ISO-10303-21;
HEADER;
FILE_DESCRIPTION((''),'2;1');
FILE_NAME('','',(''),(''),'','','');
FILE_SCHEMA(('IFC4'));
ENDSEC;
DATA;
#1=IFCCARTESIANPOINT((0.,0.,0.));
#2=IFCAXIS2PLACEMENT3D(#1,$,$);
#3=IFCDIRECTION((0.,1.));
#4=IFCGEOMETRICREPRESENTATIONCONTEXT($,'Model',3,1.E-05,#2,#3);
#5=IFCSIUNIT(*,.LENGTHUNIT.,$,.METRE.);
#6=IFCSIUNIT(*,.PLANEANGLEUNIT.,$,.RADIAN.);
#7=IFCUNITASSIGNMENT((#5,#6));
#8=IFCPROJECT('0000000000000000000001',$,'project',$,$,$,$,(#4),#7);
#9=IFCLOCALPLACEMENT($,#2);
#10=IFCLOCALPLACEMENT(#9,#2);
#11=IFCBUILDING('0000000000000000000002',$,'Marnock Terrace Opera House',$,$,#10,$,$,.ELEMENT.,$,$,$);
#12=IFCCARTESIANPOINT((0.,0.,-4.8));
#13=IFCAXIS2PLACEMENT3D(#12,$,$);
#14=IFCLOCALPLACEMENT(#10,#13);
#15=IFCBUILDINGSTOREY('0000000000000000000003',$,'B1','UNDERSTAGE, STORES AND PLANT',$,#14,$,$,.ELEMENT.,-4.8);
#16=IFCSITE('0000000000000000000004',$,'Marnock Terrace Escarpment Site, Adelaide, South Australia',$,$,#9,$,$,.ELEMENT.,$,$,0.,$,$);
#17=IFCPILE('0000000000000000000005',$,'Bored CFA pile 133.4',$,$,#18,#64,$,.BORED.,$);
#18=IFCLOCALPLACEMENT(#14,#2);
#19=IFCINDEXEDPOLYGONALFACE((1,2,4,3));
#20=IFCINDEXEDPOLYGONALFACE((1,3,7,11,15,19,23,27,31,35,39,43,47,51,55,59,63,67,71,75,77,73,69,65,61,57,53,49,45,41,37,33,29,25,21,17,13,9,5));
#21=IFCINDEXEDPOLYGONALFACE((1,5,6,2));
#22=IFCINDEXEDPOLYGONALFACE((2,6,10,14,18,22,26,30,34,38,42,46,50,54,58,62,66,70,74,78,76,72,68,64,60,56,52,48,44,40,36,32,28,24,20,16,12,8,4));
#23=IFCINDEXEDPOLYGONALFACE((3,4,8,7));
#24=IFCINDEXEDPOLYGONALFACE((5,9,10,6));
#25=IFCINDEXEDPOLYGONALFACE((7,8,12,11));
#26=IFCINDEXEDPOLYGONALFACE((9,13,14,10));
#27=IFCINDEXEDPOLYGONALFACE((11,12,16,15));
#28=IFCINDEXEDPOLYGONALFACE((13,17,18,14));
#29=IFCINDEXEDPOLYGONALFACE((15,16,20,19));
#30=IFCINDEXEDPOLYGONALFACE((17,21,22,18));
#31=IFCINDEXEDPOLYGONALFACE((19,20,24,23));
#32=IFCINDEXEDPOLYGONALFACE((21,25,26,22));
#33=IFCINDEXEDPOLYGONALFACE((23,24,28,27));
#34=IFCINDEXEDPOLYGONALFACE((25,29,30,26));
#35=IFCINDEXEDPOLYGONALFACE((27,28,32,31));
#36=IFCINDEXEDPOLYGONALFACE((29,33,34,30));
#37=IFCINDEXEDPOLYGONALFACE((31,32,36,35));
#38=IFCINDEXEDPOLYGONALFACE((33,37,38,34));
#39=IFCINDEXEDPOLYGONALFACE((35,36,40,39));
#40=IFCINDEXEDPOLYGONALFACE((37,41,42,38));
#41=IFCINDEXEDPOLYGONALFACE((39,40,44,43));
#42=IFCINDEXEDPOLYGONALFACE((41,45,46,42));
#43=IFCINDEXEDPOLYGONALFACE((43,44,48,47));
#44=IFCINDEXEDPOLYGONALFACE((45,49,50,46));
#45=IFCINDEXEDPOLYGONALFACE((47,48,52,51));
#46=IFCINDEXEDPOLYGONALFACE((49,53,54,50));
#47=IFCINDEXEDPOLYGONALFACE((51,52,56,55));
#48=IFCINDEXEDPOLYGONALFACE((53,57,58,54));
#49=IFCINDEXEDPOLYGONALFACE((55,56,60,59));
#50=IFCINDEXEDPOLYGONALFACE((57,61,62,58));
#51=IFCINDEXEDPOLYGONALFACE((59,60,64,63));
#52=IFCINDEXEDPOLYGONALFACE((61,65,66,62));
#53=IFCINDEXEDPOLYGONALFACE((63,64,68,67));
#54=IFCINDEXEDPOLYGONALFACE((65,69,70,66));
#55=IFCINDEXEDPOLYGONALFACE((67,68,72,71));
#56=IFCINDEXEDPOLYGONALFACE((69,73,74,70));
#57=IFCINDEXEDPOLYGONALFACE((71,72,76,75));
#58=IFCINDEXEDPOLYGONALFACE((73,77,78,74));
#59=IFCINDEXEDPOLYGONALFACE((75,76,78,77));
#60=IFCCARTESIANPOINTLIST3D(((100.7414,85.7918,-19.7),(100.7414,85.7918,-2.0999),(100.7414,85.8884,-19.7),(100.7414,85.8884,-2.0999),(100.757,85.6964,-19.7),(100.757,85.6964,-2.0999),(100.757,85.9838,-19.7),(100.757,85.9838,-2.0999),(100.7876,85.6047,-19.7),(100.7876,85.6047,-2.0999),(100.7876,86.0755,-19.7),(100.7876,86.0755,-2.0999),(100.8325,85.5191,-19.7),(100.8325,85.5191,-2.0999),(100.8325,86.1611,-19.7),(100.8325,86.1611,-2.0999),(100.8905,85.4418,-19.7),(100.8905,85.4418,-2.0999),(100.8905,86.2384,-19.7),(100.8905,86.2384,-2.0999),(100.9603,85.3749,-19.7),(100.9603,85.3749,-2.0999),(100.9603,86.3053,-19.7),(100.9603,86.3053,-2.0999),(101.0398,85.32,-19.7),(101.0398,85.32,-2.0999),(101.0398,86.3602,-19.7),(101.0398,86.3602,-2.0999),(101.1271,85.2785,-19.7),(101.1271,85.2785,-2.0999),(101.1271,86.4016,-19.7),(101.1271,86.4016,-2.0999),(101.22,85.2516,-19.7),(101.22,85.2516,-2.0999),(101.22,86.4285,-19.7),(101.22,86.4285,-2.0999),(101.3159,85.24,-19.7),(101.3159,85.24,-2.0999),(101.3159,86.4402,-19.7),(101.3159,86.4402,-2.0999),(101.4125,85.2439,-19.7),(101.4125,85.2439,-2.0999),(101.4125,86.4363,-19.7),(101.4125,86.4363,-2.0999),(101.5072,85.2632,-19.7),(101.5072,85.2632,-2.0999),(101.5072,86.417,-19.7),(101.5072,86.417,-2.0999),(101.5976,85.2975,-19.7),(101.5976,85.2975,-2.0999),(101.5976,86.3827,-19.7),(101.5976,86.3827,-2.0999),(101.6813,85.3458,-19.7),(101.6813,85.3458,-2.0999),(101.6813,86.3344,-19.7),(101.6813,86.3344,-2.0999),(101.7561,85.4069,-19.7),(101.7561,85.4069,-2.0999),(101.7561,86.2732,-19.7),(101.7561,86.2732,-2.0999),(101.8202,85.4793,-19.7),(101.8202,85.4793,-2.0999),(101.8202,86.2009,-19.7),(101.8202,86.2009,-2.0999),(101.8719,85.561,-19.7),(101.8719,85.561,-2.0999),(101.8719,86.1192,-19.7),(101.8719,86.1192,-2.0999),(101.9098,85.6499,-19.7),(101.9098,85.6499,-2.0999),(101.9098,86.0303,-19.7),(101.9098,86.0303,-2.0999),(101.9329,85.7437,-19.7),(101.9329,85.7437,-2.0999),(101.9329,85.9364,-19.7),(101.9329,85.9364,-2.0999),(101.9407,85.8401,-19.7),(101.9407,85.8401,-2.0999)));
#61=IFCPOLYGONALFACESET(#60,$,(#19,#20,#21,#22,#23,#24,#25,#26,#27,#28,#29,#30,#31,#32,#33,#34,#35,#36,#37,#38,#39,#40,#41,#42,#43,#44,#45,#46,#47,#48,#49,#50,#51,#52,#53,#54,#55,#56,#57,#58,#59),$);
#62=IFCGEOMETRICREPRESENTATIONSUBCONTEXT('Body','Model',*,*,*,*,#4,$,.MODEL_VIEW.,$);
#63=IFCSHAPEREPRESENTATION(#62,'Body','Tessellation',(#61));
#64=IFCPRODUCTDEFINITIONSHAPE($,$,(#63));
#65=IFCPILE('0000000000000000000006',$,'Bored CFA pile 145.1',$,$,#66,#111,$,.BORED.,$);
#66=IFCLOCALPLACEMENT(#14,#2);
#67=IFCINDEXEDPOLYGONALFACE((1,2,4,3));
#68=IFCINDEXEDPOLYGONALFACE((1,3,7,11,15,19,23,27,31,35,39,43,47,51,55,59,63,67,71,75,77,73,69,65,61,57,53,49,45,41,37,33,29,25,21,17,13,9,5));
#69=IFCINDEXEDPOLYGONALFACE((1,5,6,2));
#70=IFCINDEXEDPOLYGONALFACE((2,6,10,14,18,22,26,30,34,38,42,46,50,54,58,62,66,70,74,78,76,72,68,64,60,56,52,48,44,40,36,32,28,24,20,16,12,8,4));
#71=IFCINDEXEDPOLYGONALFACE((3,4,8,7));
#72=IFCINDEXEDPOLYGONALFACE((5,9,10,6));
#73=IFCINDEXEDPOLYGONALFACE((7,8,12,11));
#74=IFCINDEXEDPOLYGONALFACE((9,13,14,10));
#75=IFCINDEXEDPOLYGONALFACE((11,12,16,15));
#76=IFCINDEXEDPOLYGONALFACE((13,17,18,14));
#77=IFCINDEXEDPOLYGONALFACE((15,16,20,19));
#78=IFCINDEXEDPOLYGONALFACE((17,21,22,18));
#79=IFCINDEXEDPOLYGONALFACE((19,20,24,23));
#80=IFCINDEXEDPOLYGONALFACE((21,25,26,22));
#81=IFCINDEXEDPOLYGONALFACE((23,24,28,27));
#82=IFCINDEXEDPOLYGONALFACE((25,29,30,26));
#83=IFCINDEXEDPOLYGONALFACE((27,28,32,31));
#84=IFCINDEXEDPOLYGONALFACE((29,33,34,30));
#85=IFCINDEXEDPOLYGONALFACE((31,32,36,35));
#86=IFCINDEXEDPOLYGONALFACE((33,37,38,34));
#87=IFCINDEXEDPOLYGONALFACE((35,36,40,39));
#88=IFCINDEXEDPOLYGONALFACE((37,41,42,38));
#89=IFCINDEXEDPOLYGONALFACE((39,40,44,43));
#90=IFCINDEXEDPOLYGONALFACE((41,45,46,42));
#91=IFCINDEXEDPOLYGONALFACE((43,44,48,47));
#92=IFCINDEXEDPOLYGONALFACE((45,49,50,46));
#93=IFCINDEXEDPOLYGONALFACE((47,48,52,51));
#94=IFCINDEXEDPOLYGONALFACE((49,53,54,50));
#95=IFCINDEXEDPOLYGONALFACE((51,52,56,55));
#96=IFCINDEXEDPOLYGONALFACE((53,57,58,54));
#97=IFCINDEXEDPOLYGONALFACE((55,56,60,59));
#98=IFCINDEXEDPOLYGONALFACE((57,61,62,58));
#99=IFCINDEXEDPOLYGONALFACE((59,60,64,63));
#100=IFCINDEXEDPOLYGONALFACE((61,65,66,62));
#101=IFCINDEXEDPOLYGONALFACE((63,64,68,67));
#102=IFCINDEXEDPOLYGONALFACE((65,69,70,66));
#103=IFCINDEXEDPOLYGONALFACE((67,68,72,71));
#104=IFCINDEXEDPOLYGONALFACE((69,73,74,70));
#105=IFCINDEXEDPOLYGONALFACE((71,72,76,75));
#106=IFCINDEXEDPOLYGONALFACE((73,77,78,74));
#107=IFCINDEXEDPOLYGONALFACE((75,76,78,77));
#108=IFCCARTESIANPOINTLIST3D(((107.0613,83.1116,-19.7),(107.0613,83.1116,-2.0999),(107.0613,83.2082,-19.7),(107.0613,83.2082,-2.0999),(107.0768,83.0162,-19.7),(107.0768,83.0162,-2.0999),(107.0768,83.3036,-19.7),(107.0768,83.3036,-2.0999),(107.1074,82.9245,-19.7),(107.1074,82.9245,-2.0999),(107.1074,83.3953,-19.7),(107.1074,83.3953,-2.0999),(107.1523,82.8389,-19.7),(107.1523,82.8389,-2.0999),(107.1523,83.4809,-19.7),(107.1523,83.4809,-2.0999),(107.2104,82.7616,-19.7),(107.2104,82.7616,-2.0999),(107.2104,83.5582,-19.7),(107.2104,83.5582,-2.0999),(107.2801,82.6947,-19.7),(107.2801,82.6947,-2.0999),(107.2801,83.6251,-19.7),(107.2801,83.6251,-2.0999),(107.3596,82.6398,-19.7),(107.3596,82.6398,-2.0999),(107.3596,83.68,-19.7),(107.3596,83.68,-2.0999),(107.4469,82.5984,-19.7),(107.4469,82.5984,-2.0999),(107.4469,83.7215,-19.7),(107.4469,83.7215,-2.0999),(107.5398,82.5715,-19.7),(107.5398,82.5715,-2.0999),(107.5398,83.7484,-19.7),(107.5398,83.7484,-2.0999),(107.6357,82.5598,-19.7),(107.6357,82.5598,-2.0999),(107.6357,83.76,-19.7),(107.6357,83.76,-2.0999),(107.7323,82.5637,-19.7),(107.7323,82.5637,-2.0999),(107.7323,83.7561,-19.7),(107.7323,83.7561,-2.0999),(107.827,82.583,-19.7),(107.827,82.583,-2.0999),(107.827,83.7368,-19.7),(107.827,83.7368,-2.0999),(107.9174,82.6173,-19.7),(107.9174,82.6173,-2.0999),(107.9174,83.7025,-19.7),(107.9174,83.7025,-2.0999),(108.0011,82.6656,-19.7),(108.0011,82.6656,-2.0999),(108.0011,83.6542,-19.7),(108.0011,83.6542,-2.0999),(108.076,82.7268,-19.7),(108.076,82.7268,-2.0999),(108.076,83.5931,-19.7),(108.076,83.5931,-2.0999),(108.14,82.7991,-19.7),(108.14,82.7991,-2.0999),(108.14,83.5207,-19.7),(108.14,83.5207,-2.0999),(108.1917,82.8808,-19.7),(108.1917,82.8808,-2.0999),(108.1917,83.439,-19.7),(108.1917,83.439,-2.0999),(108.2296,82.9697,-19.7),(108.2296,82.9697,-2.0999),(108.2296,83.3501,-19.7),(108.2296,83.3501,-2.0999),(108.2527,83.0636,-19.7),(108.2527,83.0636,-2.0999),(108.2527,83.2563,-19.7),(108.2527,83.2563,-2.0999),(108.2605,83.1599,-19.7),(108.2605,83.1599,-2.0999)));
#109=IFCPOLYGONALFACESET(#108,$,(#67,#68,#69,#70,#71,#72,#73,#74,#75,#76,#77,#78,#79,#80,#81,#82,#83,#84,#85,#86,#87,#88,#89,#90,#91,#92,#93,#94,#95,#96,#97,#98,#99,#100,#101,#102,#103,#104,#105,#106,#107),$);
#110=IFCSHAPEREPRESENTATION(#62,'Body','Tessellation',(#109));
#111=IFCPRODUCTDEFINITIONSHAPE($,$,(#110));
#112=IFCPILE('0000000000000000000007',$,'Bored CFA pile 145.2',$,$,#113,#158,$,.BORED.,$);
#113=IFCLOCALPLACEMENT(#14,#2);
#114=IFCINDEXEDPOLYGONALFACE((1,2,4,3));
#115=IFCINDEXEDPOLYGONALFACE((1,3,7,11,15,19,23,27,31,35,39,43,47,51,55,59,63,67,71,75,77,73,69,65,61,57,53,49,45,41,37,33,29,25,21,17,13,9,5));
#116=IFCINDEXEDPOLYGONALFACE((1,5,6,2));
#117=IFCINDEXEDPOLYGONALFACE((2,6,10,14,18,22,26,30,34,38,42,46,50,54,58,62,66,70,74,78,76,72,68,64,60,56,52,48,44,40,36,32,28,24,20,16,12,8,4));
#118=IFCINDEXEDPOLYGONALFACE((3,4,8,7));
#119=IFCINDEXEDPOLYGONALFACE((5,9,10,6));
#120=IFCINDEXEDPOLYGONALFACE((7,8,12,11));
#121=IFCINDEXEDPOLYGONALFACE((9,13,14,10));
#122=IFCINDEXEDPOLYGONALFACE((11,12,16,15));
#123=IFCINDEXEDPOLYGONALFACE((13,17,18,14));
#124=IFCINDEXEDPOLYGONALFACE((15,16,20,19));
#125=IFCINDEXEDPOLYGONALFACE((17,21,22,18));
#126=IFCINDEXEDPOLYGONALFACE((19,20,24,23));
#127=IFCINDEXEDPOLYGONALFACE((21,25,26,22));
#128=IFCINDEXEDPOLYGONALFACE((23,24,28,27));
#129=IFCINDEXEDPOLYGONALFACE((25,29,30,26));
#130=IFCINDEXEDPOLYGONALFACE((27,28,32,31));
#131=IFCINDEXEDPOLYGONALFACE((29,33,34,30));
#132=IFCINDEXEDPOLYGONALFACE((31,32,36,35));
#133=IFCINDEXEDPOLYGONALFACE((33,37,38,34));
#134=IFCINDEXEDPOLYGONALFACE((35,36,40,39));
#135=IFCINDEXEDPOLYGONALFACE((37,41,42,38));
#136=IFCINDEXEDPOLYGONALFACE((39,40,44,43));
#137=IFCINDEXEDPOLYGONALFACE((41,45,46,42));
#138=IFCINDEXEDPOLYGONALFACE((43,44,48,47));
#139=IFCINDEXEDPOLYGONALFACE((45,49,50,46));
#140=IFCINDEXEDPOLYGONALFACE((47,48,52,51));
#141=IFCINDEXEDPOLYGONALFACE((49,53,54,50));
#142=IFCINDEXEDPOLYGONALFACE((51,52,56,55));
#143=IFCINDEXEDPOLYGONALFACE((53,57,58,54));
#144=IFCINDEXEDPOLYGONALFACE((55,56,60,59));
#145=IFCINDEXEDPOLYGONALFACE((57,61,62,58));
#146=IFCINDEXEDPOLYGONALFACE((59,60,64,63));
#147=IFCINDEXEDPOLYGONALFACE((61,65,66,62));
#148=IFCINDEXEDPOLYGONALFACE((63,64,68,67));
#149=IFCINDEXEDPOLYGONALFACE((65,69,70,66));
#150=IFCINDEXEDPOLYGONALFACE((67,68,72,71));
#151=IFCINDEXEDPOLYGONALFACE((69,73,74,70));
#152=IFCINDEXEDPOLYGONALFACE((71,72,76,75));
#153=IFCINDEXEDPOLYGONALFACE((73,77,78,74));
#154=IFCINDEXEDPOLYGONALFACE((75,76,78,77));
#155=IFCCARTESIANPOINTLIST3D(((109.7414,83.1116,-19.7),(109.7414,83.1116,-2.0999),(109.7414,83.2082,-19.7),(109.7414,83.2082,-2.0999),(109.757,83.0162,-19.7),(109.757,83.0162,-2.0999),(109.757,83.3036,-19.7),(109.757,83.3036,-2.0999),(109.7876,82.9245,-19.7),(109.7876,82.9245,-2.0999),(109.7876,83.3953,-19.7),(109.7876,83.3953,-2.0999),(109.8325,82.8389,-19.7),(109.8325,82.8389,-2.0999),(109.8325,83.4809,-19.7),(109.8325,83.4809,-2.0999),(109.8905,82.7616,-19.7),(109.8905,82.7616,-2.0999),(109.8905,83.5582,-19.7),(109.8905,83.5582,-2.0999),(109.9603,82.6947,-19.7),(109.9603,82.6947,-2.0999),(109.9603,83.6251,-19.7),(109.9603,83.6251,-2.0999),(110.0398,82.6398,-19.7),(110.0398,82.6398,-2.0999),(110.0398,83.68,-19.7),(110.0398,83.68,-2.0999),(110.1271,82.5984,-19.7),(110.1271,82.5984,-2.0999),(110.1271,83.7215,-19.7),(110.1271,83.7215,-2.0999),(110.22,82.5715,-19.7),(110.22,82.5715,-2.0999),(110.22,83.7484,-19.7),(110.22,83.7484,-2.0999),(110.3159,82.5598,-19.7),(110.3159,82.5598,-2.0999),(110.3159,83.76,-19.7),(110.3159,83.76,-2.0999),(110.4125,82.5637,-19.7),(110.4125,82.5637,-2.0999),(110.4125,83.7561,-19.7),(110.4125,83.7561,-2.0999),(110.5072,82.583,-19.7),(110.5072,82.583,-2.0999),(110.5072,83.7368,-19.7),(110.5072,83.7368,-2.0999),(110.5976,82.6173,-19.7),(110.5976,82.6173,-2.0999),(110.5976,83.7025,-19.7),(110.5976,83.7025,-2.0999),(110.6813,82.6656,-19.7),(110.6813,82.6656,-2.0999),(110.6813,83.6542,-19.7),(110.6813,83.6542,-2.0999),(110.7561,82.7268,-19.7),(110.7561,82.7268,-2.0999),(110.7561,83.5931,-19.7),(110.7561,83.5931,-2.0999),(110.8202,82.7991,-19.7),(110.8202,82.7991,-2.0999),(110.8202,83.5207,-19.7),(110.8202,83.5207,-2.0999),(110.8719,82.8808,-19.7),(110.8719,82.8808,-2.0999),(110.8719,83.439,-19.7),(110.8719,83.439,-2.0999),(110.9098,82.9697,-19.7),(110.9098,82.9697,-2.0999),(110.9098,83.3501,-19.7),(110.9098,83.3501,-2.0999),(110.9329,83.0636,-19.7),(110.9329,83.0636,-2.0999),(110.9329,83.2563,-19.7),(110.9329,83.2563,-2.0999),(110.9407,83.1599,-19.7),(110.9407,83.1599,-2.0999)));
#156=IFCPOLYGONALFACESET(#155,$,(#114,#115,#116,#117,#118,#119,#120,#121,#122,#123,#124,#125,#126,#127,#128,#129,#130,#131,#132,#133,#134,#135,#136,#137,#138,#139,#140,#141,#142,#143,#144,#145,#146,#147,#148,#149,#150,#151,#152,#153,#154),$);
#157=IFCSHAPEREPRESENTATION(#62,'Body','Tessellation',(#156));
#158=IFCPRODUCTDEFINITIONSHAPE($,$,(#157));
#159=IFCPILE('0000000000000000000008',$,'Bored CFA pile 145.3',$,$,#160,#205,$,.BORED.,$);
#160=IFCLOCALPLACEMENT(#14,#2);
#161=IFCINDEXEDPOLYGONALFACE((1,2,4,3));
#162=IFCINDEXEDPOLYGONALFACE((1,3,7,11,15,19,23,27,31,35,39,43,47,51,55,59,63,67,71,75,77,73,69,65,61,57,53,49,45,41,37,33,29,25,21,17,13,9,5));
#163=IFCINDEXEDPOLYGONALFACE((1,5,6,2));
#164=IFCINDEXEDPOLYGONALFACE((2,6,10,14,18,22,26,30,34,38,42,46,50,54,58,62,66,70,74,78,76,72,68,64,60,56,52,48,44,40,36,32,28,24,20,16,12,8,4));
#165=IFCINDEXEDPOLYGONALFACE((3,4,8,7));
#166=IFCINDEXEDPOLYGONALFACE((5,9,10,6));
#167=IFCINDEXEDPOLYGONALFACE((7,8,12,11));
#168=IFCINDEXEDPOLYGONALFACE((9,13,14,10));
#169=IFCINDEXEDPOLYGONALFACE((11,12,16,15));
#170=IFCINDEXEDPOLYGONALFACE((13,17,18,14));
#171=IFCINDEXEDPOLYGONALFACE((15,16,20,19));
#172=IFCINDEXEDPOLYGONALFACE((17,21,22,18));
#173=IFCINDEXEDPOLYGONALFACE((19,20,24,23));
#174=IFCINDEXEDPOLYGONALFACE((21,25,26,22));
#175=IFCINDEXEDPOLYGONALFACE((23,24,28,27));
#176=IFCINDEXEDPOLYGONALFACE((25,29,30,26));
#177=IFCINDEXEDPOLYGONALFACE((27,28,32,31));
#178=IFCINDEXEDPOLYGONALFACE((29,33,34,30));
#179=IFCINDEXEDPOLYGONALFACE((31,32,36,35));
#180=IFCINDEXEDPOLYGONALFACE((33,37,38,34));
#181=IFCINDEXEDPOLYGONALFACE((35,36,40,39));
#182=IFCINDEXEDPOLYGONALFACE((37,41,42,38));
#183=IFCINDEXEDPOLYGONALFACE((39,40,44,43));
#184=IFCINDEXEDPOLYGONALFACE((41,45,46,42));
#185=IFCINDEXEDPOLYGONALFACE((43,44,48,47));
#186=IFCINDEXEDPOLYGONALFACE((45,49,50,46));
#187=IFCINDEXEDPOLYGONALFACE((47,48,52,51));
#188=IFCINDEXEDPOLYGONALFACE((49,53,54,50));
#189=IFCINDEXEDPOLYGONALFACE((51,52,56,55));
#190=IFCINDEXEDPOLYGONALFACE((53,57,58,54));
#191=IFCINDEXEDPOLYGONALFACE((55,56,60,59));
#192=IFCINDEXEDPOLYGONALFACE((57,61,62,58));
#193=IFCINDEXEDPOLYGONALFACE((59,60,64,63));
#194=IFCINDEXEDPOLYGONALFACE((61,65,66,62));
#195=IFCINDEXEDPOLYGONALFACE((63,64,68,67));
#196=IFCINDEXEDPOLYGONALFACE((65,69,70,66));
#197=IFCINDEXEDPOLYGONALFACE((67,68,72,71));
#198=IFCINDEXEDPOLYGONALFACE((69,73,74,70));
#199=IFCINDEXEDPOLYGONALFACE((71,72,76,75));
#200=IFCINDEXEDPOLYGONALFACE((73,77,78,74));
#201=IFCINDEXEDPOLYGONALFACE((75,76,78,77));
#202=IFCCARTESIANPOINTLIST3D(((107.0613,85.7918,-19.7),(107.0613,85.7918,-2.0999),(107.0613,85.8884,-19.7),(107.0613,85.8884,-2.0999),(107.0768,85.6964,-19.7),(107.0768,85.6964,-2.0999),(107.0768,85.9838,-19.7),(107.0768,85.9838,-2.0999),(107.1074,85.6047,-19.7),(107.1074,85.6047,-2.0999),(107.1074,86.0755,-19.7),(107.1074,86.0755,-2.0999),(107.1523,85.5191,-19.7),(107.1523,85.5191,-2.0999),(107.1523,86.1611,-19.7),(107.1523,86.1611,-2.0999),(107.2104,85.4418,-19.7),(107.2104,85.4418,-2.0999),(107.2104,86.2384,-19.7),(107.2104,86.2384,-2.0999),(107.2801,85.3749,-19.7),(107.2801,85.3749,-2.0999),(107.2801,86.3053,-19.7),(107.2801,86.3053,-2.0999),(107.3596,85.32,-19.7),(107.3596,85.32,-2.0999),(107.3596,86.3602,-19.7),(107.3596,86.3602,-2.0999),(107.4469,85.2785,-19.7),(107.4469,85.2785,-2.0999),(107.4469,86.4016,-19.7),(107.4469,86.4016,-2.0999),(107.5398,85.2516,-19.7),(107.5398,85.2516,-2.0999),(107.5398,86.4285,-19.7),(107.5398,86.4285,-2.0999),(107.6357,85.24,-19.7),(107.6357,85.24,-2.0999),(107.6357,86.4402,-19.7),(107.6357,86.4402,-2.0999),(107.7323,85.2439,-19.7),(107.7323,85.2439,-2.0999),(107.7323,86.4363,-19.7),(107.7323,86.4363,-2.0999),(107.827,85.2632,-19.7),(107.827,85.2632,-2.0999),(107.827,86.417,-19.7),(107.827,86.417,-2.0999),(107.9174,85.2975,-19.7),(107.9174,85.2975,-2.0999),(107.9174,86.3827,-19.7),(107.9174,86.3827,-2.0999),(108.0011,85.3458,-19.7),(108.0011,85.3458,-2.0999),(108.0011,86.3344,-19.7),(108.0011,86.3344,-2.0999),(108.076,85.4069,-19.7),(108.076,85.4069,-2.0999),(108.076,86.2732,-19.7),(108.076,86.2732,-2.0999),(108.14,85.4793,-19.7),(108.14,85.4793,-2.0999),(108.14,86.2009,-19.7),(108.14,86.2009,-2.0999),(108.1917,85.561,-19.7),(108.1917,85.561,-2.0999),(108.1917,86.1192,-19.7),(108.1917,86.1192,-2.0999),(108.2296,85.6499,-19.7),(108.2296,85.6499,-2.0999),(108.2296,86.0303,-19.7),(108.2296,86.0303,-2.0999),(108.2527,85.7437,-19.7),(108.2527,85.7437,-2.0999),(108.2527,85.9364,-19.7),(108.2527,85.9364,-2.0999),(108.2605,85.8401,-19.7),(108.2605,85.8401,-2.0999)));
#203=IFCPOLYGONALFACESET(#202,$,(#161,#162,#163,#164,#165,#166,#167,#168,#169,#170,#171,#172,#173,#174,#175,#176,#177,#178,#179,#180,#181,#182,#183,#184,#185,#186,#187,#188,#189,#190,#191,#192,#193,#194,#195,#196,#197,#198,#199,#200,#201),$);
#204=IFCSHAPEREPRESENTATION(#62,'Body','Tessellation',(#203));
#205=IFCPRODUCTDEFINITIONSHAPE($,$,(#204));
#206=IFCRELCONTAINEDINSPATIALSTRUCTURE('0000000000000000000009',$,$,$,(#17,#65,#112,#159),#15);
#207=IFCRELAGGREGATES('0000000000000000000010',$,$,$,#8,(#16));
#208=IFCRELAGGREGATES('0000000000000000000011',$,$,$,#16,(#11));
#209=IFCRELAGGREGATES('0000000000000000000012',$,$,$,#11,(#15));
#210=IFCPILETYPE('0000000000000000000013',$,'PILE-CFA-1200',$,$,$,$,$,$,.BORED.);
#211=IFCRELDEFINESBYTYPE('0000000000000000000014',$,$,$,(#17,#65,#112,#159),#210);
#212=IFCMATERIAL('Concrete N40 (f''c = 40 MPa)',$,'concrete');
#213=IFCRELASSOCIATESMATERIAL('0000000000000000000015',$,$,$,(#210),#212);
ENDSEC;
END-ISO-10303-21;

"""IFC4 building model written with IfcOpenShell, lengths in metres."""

from ifc_helpers import new_model, si_unit, direction, frame, origin, origin_2d, place, context, subcontext, project, spatial, circle, extrude, material, material_profile, profile_set, type_object, element, save


model = new_model("IFC4")

# Units and contexts
model_context = context("Model", 3, precision=1e-05, world=origin(), true_north=direction((0.0, 1.0)))
body_context = subcontext(model_context, "Body", "Model", "MODEL_VIEW")
ifc_project = project(units=[si_unit("LENGTHUNIT", "METRE"), si_unit("PLANEANGLEUNIT", "RADIAN")], contexts=[model_context])

# Site, building, storey
site_placement = place(None, origin())
site = spatial("IfcSite", under=ifc_project, at=site_placement, Name="Marnock Terrace Escarpment Site, Adelaide, South Australia", CompositionType="ELEMENT", RefElevation=0.0)
building_placement = place(site_placement, origin())
building = spatial("IfcBuilding", under=site, at=building_placement, Name="Marnock Terrace Opera House", CompositionType="ELEMENT")
storey_placement = place(building_placement, frame((0.0, 0.0, -4.8)))
storey = spatial("IfcBuildingStorey", under=building, at=storey_placement, Name="B1", Description="UNDERSTAGE, STORES AND PLANT", CompositionType="ELEMENT", Elevation=-4.8)

# Shared definitions
ifc_material_1 = material(Name="Concrete N40 (f'c = 40 MPa)", Category="concrete")

# Piles
ifc_material_profile_1 = material_profile(ifc_material_1, circle(Radius=0.6006, at=origin_2d()))
ifc_profile_set_1 = profile_set([ifc_material_profile_1], Name="Concrete N40 (f'c = 40 MPa)")
pile_type = type_object("IfcPileType", Name="PILE-CFA-1200", PredefinedType="BORED", material=ifc_profile_set_1)
for number, where, z_axis, x_axis, name in (
    (1, (101.3401, 85.8401, -2.0999), (0.0, 0.0, -1.0), (1.0, 0.0, 0.0), "Bored CFA pile 133.4"),
    (2, (107.6599, 83.1599, -2.0999), (0.0, 0.0, -1.0), (1.0, 0.0, 0.0), "Bored CFA pile 145.1"),
    (3, (110.3401, 83.1599, -2.0999), (0.0, 0.0, -1.0), (1.0, 0.0, 0.0), "Bored CFA pile 145.2"),
    (4, (107.6599, 85.8401, -2.0999), (0.0, 0.0, -1.0), (1.0, 0.0, 0.0), "Bored CFA pile 145.3"),
):
    element("IfcPile", number, at=place(storey_placement, frame(where, z_axis=z_axis, x_axis=x_axis)), inside=storey, type_object=pile_type, Name=name, PredefinedType="BORED", context=body_context, shape_type="SweptSolid", body=[
        extrude(circle(Radius=0.6006, at=origin_2d()), origin(), (0.0, 0.0, 1.0), 17.6001),
    ])

save(model, "model.ifc")
